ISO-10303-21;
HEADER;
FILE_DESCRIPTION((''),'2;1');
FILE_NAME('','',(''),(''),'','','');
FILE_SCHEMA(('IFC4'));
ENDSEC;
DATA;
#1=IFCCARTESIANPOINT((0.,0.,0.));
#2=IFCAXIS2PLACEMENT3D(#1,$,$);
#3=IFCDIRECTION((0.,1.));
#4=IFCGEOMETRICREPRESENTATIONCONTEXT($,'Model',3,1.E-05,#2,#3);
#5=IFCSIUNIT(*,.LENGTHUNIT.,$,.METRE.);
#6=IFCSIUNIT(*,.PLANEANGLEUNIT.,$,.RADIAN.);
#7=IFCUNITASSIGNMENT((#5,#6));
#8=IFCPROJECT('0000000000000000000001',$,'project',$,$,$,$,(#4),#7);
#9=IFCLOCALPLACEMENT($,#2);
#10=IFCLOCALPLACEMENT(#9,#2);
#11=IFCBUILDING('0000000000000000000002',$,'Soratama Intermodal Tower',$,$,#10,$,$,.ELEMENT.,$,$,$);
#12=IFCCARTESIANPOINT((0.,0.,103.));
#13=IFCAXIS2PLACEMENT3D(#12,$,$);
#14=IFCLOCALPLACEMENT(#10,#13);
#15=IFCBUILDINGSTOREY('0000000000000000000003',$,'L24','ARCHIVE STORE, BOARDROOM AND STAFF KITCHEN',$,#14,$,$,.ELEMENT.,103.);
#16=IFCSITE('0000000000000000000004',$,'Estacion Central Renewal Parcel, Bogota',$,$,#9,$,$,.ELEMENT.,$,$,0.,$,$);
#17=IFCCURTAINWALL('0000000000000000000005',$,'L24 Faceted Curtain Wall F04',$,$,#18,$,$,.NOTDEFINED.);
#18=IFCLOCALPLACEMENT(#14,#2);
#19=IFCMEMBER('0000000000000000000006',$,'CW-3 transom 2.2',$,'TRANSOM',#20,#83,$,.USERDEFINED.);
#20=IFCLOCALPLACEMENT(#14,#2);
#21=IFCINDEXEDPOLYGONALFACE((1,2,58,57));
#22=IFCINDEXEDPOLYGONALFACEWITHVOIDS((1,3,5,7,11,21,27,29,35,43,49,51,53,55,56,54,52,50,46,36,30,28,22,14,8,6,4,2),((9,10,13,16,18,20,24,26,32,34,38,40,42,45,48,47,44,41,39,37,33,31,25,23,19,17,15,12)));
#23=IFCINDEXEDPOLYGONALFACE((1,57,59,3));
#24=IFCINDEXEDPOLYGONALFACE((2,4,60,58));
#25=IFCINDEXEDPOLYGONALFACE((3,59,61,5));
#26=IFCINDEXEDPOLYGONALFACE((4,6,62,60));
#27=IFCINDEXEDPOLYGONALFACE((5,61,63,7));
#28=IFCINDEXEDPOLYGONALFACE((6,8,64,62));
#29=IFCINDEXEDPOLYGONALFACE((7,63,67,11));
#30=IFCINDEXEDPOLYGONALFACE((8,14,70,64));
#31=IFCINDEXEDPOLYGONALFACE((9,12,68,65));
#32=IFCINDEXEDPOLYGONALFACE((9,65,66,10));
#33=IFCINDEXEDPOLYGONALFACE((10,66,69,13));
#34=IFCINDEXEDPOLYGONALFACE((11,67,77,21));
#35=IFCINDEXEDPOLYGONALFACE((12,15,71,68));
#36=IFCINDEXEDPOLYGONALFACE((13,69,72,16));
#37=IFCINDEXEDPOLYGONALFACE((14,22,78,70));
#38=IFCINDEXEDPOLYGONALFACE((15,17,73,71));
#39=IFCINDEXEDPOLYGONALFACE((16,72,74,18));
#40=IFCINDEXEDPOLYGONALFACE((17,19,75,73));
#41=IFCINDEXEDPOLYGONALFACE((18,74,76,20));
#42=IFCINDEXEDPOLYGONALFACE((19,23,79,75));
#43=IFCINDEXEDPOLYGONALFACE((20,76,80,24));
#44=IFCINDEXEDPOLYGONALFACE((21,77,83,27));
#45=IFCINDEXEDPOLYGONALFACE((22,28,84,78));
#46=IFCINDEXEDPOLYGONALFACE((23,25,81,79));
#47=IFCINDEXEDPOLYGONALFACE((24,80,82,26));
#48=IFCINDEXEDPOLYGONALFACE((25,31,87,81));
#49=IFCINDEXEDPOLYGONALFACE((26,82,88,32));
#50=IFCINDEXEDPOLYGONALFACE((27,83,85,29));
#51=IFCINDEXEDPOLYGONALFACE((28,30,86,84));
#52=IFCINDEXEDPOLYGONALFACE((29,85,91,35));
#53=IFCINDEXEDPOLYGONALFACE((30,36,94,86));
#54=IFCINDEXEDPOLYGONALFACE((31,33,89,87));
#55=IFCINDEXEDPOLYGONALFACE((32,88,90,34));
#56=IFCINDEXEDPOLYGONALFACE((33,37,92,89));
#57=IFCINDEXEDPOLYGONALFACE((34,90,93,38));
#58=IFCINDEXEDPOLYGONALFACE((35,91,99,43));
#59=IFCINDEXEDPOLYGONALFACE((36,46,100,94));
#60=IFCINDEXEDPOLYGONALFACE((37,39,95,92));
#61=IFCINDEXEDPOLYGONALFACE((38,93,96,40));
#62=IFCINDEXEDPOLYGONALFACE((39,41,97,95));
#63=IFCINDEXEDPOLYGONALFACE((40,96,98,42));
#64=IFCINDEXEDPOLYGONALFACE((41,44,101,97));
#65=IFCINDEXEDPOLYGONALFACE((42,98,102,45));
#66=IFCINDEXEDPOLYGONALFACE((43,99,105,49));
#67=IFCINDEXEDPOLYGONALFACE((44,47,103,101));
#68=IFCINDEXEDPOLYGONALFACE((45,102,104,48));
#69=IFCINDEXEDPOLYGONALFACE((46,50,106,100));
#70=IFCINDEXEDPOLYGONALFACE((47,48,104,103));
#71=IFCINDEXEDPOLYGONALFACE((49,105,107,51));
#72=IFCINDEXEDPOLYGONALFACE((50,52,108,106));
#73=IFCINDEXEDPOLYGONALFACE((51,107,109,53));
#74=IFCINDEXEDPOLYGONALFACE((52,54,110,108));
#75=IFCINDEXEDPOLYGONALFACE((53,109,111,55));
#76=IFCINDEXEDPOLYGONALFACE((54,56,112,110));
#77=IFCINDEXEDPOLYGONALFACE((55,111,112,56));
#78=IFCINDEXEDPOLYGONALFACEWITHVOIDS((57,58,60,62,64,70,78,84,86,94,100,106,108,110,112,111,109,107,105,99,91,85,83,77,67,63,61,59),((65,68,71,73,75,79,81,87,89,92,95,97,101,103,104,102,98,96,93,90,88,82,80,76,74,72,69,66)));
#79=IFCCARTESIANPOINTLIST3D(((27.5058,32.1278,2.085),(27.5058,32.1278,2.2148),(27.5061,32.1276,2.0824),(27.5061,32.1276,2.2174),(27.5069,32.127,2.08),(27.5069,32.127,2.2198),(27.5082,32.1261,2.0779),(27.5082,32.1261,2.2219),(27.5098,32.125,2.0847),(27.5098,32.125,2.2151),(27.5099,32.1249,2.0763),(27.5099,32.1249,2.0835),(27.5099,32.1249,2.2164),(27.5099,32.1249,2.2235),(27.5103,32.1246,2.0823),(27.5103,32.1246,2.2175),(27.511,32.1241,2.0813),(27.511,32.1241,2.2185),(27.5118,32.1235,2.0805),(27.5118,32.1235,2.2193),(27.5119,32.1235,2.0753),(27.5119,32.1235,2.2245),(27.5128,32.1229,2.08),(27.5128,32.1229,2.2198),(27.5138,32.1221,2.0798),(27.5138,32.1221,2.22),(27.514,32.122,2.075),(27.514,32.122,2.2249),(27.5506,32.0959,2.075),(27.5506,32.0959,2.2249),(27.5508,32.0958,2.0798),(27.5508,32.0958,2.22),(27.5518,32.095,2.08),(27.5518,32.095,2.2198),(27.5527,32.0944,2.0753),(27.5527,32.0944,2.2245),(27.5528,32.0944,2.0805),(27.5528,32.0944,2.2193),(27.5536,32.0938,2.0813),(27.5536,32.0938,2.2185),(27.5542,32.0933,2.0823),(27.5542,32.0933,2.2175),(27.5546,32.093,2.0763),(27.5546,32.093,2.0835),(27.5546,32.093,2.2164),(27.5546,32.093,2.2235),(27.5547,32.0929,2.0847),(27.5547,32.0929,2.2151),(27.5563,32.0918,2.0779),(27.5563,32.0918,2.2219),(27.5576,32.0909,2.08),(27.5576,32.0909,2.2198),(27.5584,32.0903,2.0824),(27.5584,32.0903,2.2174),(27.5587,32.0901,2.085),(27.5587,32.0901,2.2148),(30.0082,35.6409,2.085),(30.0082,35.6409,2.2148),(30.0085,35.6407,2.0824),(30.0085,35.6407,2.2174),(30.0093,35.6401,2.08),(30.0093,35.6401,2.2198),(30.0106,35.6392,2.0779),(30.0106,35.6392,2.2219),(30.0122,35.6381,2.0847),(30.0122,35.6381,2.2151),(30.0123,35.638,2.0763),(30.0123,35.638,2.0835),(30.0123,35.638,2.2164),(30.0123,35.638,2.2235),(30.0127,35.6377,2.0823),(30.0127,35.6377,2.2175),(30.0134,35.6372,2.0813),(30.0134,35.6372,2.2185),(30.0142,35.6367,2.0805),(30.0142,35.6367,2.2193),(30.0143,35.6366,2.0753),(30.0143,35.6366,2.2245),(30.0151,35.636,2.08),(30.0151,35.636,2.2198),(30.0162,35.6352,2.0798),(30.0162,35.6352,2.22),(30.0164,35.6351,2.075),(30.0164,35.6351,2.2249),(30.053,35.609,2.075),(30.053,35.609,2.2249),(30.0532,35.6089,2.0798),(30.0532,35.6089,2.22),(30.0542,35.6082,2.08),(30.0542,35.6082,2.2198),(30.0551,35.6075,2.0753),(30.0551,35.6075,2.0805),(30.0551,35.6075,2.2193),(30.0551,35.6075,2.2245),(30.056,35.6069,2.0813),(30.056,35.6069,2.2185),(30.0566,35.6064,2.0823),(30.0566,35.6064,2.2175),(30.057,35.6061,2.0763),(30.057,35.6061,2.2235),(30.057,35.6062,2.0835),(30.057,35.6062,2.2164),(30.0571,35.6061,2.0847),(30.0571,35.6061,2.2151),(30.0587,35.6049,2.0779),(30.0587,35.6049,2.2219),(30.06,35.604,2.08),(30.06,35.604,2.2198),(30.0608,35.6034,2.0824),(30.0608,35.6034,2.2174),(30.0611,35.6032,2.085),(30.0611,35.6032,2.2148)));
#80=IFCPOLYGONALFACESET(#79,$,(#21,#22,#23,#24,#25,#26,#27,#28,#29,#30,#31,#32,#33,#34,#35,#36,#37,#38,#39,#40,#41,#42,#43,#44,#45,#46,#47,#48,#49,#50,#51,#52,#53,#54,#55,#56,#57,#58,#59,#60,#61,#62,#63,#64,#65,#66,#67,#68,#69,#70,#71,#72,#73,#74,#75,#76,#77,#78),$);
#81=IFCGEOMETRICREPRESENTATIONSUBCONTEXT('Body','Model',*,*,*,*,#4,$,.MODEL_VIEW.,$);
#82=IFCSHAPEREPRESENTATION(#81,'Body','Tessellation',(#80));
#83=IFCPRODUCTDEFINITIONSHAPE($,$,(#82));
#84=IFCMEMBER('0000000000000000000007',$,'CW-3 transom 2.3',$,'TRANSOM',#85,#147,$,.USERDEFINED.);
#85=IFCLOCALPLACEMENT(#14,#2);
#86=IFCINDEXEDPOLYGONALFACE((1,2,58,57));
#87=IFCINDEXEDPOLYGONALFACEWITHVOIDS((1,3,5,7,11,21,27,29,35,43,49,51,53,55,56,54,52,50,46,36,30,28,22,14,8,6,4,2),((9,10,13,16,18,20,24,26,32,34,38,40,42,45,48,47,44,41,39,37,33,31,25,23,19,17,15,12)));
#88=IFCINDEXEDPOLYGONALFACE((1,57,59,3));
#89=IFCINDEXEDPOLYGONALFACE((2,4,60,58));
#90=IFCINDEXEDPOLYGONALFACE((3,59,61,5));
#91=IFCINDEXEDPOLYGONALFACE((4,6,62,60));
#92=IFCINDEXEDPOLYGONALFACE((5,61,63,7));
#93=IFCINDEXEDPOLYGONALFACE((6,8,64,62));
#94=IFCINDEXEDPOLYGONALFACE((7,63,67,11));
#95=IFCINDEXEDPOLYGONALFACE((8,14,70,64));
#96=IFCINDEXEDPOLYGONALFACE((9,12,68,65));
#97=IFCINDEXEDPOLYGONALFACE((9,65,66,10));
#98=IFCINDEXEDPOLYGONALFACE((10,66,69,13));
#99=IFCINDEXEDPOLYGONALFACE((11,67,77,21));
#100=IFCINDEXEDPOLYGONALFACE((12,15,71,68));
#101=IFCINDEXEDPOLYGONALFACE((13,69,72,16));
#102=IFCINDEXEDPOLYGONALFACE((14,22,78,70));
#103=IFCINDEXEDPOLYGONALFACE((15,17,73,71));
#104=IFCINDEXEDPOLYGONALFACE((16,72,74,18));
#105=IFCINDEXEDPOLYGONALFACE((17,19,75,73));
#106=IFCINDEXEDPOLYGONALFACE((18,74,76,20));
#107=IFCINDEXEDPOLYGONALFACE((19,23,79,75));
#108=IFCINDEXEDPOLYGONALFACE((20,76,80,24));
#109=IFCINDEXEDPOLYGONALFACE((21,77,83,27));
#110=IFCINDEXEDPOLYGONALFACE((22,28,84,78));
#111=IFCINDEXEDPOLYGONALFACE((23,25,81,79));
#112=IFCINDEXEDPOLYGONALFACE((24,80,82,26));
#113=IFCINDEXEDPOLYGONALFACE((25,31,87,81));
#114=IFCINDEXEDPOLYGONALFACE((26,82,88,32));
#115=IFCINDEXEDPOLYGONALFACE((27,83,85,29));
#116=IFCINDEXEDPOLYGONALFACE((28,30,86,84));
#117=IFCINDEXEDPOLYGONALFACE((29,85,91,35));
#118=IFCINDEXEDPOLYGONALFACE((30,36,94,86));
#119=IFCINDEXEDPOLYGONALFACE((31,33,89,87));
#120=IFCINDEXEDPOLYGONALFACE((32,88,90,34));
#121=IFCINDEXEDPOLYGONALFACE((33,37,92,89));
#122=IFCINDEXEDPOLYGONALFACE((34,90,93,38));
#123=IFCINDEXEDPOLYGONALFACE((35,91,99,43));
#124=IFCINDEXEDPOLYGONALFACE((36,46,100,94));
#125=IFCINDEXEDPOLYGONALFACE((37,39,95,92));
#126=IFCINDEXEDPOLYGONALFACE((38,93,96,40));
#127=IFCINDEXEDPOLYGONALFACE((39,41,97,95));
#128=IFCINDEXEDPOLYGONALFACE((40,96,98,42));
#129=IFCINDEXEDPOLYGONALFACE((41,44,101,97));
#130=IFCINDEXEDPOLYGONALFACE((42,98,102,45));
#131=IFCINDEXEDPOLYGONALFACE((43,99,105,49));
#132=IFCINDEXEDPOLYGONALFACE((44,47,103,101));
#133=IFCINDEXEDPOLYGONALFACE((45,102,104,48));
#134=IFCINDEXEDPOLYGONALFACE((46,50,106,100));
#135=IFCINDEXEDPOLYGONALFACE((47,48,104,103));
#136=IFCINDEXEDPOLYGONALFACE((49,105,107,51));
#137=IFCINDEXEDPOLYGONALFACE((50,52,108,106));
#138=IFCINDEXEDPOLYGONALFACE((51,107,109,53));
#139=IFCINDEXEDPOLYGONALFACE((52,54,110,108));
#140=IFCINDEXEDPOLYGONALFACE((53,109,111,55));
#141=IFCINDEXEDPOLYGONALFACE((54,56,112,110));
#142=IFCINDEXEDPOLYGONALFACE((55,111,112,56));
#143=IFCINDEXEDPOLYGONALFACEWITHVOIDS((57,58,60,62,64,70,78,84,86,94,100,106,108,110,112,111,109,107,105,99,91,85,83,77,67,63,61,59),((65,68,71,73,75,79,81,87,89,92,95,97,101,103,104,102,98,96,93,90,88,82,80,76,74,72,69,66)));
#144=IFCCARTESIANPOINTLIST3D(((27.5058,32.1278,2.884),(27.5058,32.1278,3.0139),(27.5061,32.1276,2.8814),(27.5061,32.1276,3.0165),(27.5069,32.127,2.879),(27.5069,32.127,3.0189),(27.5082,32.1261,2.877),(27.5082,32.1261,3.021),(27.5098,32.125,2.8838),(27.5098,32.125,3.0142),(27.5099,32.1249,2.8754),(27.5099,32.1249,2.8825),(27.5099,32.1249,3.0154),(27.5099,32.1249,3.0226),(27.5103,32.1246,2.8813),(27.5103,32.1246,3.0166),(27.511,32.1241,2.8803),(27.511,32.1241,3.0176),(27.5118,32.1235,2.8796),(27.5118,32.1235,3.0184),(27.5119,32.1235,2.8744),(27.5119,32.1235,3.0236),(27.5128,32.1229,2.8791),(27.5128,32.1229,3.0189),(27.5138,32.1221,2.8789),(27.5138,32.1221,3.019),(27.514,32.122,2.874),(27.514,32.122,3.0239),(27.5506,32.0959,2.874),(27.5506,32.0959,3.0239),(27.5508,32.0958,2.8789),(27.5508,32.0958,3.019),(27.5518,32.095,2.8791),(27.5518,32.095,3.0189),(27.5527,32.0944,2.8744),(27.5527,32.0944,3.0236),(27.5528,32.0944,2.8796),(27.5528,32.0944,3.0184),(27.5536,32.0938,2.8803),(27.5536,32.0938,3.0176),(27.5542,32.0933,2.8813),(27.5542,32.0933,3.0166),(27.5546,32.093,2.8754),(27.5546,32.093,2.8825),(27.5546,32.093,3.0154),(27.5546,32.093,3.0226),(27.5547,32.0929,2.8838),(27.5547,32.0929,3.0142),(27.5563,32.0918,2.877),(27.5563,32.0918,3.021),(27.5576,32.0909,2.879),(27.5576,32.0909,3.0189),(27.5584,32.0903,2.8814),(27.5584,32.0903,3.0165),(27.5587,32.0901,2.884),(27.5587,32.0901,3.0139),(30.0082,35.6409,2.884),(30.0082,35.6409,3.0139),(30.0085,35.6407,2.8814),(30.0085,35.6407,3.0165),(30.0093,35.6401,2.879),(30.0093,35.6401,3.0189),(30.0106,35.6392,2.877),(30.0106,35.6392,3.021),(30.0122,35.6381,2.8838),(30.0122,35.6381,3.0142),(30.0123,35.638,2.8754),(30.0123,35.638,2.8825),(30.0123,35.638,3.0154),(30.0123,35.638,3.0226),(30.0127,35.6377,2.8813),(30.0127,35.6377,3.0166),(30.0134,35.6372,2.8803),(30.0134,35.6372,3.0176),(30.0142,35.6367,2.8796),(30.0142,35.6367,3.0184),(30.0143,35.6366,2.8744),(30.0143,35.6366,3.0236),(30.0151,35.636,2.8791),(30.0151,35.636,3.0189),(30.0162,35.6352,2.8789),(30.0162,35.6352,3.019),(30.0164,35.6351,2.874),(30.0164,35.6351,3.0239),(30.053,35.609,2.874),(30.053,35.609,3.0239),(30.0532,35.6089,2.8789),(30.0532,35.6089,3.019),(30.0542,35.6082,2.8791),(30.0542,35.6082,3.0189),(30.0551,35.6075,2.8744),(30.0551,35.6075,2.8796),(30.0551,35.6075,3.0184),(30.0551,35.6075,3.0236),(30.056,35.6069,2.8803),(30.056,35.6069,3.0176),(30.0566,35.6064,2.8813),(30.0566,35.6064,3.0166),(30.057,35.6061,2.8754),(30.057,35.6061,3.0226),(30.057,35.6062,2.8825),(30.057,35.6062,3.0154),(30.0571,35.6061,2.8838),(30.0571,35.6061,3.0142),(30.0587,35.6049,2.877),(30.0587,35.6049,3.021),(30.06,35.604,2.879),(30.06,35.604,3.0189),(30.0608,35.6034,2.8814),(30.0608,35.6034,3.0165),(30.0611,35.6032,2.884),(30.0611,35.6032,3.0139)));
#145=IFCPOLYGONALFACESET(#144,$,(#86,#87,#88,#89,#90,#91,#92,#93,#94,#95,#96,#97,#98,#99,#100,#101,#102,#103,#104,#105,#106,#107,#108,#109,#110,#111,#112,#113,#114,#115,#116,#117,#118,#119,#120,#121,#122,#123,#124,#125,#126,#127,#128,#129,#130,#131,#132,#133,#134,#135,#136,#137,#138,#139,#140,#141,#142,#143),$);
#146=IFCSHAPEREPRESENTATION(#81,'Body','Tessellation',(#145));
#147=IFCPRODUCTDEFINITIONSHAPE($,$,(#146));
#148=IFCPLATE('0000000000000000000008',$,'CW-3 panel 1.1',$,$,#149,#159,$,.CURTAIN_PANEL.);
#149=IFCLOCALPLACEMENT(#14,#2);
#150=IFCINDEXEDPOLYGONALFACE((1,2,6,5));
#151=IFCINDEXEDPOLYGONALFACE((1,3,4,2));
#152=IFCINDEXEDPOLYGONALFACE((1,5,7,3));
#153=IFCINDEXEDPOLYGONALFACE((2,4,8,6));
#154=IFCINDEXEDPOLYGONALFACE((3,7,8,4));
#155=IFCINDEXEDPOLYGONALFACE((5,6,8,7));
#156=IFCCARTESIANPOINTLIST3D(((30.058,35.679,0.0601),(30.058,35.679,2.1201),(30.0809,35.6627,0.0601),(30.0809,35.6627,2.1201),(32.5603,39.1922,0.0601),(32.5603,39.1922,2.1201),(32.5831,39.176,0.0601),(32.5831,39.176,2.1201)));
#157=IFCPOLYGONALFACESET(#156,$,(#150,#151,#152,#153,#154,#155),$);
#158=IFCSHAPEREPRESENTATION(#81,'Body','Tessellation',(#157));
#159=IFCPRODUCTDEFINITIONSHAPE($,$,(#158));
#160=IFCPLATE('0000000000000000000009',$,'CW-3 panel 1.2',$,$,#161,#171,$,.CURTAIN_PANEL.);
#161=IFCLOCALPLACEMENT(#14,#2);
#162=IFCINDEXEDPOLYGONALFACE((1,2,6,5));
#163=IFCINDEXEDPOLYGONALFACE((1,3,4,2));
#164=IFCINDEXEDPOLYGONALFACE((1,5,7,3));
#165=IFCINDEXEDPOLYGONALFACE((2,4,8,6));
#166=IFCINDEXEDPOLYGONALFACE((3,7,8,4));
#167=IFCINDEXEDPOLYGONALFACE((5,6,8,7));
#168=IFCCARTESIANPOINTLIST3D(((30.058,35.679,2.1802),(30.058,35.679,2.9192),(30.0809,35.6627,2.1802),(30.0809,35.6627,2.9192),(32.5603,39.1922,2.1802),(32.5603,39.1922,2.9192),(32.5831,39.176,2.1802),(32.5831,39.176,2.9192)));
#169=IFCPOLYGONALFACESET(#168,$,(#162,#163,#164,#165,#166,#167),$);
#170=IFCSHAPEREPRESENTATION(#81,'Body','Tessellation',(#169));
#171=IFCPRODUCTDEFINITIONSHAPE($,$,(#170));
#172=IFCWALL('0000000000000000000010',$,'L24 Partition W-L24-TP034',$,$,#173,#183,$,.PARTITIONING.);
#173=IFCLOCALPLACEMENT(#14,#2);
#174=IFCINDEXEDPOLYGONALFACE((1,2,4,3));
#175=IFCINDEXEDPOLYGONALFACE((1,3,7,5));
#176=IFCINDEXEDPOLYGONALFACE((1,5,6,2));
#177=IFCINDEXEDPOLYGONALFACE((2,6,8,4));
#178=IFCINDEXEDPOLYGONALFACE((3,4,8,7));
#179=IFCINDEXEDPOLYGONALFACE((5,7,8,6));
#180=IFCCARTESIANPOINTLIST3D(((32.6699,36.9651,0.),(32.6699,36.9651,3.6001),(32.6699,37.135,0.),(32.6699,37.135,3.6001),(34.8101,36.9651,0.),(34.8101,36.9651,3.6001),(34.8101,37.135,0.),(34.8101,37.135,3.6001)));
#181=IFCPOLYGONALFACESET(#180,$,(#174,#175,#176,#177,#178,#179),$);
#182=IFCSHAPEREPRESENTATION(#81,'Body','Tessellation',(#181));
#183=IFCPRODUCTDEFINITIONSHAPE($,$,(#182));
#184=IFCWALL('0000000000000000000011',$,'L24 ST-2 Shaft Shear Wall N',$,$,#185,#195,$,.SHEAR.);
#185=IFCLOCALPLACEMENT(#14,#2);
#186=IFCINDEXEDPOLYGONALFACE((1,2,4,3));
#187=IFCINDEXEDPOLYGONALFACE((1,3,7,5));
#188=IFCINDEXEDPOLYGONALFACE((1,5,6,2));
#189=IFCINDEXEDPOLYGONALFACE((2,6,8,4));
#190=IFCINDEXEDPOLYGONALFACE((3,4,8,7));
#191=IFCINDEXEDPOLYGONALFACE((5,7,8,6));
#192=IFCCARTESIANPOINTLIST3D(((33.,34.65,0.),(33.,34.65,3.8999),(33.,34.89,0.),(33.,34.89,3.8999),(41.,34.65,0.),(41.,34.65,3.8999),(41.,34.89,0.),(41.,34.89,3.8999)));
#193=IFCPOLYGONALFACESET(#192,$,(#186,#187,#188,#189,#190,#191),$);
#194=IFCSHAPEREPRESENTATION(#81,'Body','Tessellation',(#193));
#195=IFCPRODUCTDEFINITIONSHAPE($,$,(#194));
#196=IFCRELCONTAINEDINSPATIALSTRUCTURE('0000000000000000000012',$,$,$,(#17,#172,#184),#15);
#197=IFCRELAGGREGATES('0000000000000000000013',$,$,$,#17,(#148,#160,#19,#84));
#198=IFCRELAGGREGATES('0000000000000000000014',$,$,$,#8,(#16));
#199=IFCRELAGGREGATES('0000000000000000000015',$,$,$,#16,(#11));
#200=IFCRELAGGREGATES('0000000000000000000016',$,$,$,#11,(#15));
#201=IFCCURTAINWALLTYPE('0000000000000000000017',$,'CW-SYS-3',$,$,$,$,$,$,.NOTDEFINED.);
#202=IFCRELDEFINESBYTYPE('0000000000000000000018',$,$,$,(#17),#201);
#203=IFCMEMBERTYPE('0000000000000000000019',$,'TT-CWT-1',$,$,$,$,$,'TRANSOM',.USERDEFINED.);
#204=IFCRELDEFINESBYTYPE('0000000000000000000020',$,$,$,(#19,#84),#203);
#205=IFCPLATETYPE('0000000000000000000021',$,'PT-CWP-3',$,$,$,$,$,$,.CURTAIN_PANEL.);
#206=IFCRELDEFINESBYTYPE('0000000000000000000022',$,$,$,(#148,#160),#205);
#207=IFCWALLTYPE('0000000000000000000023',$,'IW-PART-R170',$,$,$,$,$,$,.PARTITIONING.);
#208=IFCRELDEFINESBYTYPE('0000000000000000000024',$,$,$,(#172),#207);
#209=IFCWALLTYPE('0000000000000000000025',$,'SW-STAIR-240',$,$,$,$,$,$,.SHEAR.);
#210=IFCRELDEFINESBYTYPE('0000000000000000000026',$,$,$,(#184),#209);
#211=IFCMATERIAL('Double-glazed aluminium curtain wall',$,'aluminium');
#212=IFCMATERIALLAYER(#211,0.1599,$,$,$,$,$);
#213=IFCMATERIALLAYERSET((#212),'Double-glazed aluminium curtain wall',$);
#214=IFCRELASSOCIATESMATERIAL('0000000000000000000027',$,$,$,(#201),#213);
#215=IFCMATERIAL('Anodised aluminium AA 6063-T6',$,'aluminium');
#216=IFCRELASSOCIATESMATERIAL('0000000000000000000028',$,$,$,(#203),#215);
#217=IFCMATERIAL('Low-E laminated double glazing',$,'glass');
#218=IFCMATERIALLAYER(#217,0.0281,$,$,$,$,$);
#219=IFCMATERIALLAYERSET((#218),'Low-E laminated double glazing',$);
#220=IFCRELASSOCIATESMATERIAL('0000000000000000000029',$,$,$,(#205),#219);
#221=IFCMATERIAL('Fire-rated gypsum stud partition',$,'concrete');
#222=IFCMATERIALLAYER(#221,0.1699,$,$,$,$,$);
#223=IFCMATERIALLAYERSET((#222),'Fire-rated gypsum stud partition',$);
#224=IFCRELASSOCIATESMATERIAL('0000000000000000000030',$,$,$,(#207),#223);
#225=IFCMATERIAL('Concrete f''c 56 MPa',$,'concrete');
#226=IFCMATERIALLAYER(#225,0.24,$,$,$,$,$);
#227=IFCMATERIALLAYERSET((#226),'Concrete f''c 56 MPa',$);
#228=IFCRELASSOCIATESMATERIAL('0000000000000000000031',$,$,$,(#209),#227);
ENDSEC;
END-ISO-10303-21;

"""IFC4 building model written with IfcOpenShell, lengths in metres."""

from ifc_helpers import new_model, si_unit, direction, frame, frame_2d, origin, origin_2d, place, context, subcontext, project, spatial, rectangle, hollow_rectangle, extrude, material, layer, layer_set, material_profile, profile_set, type_object, element, aggregate, save


model = new_model("IFC4")

# Units and contexts
model_context = context("Model", 3, precision=1e-05, world=origin(), true_north=direction((0.0, 1.0)))
body_context = subcontext(model_context, "Body", "Model", "MODEL_VIEW")
ifc_project = project(units=[si_unit("LENGTHUNIT", "METRE"), si_unit("PLANEANGLEUNIT", "RADIAN")], contexts=[model_context])

# Site, building, storey
site_placement = place(None, origin())
site = spatial("IfcSite", under=ifc_project, at=site_placement, Name="Estacion Central Renewal Parcel, Bogota", CompositionType="ELEMENT", RefElevation=0.0)
building_placement = place(site_placement, origin())
building = spatial("IfcBuilding", under=site, at=building_placement, Name="Soratama Intermodal Tower", CompositionType="ELEMENT")
storey_placement = place(building_placement, frame((0.0, 0.0, 103.0)))
storey = spatial("IfcBuildingStorey", under=building, at=storey_placement, Name="L24", Description="ARCHIVE STORE, BOARDROOM AND STAFF KITCHEN", CompositionType="ELEMENT", Elevation=103.0)

# Curtain wall, members, plates
ifc_material_1 = material(Name="Double-glazed aluminium curtain wall", Category="aluminium")
ifc_layer_1 = layer(ifc_material_1, 0.1599)
ifc_layer_set_1 = layer_set([ifc_layer_1], Name="Double-glazed aluminium curtain wall")
curtain_wall_type = type_object("IfcCurtainWallType", Name="CW-SYS-3", PredefinedType="NOTDEFINED", material=ifc_layer_set_1)
curtain_wall_placement = place(storey_placement, origin())
curtain_wall = element("IfcCurtainWall", 1, at=curtain_wall_placement, inside=storey, type_object=curtain_wall_type, Name="L24 Faceted Curtain Wall F04", PredefinedType="NOTDEFINED")
ifc_material_2 = material(Name="Anodised aluminium AA 6063-T6", Category="aluminium")
ifc_material_profile_1 = material_profile(ifc_material_2, hollow_rectangle(XDim=0.0649, YDim=0.1499, WallThickness=0.0049, InnerFilletRadius=0.0049, OuterFilletRadius=0.01, at=origin_2d()), Name="CWT150X65X5")
ifc_profile_set_1 = profile_set([ifc_material_profile_1], Name="Anodised aluminium AA 6063-T6")
member_type_1 = type_object("IfcMemberType", Name="TT-CWT-1", ElementType="TRANSOM", PredefinedType="USERDEFINED", material=ifc_profile_set_1)
member_1_placement = place(storey_placement, frame((30.0347, 35.6221, 2.1499), z_axis=(-0.580167, -0.814498, 0.0), x_axis=(0.814498, -0.580167, 0.0)))
member_1 = element("IfcMember", 2, at=member_1_placement, type_object=member_type_1, Name="CW-3 transom 2.2", ObjectType="TRANSOM", PredefinedType="USERDEFINED", context=body_context, shape_type="SweptSolid", body=[
    extrude(hollow_rectangle(XDim=0.0649, YDim=0.1499, WallThickness=0.0049, InnerFilletRadius=0.0049, OuterFilletRadius=0.01, at=origin_2d()), origin(), (0.0, 0.0, 1.0), 4.3132),
])
member_2_placement = place(storey_placement, frame((30.0347, 35.6221, 2.949), z_axis=(-0.580167, -0.814498, 0.0), x_axis=(0.814498, -0.580167, 0.0)))
member_2 = element("IfcMember", 3, at=member_2_placement, type_object=member_type_1, Name="CW-3 transom 2.3", ObjectType="TRANSOM", PredefinedType="USERDEFINED", context=body_context, shape_type="SweptSolid", body=[
    extrude(hollow_rectangle(XDim=0.0649, YDim=0.1499, WallThickness=0.0049, InnerFilletRadius=0.0049, OuterFilletRadius=0.01, at=origin_2d()), origin(), (0.0, 0.0, 1.0), 4.3132),
])
ifc_material_3 = material(Name="Low-E laminated double glazing", Category="glass")
ifc_layer_2 = layer(ifc_material_3, 0.0281)
ifc_layer_set_2 = layer_set([ifc_layer_2], Name="Low-E laminated double glazing")
plate_type = type_object("IfcPlateType", Name="PT-CWP-3", PredefinedType="CURTAIN_PANEL", material=ifc_layer_set_2)
plate_1_placement = place(storey_placement, frame((31.3206, 37.4275, 0.0601), z_axis=(0.0, 0.0, 1.0), x_axis=(-0.580137, -0.814519, 0.0)))
plate_1 = element("IfcPlate", 4, at=plate_1_placement, type_object=plate_type, Name="CW-3 panel 1.1", PredefinedType="CURTAIN_PANEL", context=body_context, shape_type="SweptSolid", body=[
    extrude(rectangle(XDim=4.3132, YDim=0.0281, at=origin_2d()), origin(), (0.0, 0.0, 1.0), 2.0601),
])
plate_2_placement = place(storey_placement, frame((31.3206, 37.4275, 2.1802), z_axis=(0.0, 0.0, 1.0), x_axis=(-0.580137, -0.814519, 0.0)))
plate_2 = element("IfcPlate", 5, at=plate_2_placement, type_object=plate_type, Name="CW-3 panel 1.2", PredefinedType="CURTAIN_PANEL", context=body_context, shape_type="SweptSolid", body=[
    extrude(rectangle(XDim=4.3132, YDim=0.0281, at=origin_2d()), origin(), (0.0, 0.0, 1.0), 0.739),
])
aggregate(curtain_wall, [plate_1, plate_2, member_1, member_2])

# Wall
ifc_material_4 = material(Name="Fire-rated gypsum stud partition", Category="concrete")
ifc_layer_3 = layer(ifc_material_4, 0.1699)
ifc_layer_set_3 = layer_set([ifc_layer_3], Name="Fire-rated gypsum stud partition")
wall_type_1 = type_object("IfcWallType", Name="IW-PART-R170", PredefinedType="PARTITIONING", material=ifc_layer_set_3)
wall_1_placement = place(storey_placement, frame((32.6699, 37.05, 0.0), z_axis=(0.0, 0.0, 1.0), x_axis=(1.0, 0.0, 0.0)))
element("IfcWall", 6, at=wall_1_placement, inside=storey, type_object=wall_type_1, Name="L24 Partition W-L24-TP034", PredefinedType="PARTITIONING", context=body_context, shape_type="SweptSolid", body=[
    extrude(rectangle(XDim=2.1401, YDim=0.1699, at=frame_2d((1.0701, 0.0))), origin(), (0.0, 0.0, 1.0), 3.6001),
])

# Wall
ifc_material_5 = material(Name="Concrete f'c 56 MPa", Category="concrete")
ifc_layer_4 = layer(ifc_material_5, 0.24)
ifc_layer_set_4 = layer_set([ifc_layer_4], Name="Concrete f'c 56 MPa")
wall_type_2 = type_object("IfcWallType", Name="SW-STAIR-240", PredefinedType="SHEAR", material=ifc_layer_set_4)
wall_2_placement = place(storey_placement, frame((33.0, 34.77, 0.0), z_axis=(0.0, 0.0, 1.0), x_axis=(1.0, 0.0, 0.0)))
element("IfcWall", 7, at=wall_2_placement, inside=storey, type_object=wall_type_2, Name="L24 ST-2 Shaft Shear Wall N", PredefinedType="SHEAR", context=body_context, shape_type="SweptSolid", body=[
    extrude(rectangle(XDim=8.0, YDim=0.24, at=frame_2d((4.0, 0.0))), origin(), (0.0, 0.0, 1.0), 3.8999),
])

save(model, "model.ifc")
